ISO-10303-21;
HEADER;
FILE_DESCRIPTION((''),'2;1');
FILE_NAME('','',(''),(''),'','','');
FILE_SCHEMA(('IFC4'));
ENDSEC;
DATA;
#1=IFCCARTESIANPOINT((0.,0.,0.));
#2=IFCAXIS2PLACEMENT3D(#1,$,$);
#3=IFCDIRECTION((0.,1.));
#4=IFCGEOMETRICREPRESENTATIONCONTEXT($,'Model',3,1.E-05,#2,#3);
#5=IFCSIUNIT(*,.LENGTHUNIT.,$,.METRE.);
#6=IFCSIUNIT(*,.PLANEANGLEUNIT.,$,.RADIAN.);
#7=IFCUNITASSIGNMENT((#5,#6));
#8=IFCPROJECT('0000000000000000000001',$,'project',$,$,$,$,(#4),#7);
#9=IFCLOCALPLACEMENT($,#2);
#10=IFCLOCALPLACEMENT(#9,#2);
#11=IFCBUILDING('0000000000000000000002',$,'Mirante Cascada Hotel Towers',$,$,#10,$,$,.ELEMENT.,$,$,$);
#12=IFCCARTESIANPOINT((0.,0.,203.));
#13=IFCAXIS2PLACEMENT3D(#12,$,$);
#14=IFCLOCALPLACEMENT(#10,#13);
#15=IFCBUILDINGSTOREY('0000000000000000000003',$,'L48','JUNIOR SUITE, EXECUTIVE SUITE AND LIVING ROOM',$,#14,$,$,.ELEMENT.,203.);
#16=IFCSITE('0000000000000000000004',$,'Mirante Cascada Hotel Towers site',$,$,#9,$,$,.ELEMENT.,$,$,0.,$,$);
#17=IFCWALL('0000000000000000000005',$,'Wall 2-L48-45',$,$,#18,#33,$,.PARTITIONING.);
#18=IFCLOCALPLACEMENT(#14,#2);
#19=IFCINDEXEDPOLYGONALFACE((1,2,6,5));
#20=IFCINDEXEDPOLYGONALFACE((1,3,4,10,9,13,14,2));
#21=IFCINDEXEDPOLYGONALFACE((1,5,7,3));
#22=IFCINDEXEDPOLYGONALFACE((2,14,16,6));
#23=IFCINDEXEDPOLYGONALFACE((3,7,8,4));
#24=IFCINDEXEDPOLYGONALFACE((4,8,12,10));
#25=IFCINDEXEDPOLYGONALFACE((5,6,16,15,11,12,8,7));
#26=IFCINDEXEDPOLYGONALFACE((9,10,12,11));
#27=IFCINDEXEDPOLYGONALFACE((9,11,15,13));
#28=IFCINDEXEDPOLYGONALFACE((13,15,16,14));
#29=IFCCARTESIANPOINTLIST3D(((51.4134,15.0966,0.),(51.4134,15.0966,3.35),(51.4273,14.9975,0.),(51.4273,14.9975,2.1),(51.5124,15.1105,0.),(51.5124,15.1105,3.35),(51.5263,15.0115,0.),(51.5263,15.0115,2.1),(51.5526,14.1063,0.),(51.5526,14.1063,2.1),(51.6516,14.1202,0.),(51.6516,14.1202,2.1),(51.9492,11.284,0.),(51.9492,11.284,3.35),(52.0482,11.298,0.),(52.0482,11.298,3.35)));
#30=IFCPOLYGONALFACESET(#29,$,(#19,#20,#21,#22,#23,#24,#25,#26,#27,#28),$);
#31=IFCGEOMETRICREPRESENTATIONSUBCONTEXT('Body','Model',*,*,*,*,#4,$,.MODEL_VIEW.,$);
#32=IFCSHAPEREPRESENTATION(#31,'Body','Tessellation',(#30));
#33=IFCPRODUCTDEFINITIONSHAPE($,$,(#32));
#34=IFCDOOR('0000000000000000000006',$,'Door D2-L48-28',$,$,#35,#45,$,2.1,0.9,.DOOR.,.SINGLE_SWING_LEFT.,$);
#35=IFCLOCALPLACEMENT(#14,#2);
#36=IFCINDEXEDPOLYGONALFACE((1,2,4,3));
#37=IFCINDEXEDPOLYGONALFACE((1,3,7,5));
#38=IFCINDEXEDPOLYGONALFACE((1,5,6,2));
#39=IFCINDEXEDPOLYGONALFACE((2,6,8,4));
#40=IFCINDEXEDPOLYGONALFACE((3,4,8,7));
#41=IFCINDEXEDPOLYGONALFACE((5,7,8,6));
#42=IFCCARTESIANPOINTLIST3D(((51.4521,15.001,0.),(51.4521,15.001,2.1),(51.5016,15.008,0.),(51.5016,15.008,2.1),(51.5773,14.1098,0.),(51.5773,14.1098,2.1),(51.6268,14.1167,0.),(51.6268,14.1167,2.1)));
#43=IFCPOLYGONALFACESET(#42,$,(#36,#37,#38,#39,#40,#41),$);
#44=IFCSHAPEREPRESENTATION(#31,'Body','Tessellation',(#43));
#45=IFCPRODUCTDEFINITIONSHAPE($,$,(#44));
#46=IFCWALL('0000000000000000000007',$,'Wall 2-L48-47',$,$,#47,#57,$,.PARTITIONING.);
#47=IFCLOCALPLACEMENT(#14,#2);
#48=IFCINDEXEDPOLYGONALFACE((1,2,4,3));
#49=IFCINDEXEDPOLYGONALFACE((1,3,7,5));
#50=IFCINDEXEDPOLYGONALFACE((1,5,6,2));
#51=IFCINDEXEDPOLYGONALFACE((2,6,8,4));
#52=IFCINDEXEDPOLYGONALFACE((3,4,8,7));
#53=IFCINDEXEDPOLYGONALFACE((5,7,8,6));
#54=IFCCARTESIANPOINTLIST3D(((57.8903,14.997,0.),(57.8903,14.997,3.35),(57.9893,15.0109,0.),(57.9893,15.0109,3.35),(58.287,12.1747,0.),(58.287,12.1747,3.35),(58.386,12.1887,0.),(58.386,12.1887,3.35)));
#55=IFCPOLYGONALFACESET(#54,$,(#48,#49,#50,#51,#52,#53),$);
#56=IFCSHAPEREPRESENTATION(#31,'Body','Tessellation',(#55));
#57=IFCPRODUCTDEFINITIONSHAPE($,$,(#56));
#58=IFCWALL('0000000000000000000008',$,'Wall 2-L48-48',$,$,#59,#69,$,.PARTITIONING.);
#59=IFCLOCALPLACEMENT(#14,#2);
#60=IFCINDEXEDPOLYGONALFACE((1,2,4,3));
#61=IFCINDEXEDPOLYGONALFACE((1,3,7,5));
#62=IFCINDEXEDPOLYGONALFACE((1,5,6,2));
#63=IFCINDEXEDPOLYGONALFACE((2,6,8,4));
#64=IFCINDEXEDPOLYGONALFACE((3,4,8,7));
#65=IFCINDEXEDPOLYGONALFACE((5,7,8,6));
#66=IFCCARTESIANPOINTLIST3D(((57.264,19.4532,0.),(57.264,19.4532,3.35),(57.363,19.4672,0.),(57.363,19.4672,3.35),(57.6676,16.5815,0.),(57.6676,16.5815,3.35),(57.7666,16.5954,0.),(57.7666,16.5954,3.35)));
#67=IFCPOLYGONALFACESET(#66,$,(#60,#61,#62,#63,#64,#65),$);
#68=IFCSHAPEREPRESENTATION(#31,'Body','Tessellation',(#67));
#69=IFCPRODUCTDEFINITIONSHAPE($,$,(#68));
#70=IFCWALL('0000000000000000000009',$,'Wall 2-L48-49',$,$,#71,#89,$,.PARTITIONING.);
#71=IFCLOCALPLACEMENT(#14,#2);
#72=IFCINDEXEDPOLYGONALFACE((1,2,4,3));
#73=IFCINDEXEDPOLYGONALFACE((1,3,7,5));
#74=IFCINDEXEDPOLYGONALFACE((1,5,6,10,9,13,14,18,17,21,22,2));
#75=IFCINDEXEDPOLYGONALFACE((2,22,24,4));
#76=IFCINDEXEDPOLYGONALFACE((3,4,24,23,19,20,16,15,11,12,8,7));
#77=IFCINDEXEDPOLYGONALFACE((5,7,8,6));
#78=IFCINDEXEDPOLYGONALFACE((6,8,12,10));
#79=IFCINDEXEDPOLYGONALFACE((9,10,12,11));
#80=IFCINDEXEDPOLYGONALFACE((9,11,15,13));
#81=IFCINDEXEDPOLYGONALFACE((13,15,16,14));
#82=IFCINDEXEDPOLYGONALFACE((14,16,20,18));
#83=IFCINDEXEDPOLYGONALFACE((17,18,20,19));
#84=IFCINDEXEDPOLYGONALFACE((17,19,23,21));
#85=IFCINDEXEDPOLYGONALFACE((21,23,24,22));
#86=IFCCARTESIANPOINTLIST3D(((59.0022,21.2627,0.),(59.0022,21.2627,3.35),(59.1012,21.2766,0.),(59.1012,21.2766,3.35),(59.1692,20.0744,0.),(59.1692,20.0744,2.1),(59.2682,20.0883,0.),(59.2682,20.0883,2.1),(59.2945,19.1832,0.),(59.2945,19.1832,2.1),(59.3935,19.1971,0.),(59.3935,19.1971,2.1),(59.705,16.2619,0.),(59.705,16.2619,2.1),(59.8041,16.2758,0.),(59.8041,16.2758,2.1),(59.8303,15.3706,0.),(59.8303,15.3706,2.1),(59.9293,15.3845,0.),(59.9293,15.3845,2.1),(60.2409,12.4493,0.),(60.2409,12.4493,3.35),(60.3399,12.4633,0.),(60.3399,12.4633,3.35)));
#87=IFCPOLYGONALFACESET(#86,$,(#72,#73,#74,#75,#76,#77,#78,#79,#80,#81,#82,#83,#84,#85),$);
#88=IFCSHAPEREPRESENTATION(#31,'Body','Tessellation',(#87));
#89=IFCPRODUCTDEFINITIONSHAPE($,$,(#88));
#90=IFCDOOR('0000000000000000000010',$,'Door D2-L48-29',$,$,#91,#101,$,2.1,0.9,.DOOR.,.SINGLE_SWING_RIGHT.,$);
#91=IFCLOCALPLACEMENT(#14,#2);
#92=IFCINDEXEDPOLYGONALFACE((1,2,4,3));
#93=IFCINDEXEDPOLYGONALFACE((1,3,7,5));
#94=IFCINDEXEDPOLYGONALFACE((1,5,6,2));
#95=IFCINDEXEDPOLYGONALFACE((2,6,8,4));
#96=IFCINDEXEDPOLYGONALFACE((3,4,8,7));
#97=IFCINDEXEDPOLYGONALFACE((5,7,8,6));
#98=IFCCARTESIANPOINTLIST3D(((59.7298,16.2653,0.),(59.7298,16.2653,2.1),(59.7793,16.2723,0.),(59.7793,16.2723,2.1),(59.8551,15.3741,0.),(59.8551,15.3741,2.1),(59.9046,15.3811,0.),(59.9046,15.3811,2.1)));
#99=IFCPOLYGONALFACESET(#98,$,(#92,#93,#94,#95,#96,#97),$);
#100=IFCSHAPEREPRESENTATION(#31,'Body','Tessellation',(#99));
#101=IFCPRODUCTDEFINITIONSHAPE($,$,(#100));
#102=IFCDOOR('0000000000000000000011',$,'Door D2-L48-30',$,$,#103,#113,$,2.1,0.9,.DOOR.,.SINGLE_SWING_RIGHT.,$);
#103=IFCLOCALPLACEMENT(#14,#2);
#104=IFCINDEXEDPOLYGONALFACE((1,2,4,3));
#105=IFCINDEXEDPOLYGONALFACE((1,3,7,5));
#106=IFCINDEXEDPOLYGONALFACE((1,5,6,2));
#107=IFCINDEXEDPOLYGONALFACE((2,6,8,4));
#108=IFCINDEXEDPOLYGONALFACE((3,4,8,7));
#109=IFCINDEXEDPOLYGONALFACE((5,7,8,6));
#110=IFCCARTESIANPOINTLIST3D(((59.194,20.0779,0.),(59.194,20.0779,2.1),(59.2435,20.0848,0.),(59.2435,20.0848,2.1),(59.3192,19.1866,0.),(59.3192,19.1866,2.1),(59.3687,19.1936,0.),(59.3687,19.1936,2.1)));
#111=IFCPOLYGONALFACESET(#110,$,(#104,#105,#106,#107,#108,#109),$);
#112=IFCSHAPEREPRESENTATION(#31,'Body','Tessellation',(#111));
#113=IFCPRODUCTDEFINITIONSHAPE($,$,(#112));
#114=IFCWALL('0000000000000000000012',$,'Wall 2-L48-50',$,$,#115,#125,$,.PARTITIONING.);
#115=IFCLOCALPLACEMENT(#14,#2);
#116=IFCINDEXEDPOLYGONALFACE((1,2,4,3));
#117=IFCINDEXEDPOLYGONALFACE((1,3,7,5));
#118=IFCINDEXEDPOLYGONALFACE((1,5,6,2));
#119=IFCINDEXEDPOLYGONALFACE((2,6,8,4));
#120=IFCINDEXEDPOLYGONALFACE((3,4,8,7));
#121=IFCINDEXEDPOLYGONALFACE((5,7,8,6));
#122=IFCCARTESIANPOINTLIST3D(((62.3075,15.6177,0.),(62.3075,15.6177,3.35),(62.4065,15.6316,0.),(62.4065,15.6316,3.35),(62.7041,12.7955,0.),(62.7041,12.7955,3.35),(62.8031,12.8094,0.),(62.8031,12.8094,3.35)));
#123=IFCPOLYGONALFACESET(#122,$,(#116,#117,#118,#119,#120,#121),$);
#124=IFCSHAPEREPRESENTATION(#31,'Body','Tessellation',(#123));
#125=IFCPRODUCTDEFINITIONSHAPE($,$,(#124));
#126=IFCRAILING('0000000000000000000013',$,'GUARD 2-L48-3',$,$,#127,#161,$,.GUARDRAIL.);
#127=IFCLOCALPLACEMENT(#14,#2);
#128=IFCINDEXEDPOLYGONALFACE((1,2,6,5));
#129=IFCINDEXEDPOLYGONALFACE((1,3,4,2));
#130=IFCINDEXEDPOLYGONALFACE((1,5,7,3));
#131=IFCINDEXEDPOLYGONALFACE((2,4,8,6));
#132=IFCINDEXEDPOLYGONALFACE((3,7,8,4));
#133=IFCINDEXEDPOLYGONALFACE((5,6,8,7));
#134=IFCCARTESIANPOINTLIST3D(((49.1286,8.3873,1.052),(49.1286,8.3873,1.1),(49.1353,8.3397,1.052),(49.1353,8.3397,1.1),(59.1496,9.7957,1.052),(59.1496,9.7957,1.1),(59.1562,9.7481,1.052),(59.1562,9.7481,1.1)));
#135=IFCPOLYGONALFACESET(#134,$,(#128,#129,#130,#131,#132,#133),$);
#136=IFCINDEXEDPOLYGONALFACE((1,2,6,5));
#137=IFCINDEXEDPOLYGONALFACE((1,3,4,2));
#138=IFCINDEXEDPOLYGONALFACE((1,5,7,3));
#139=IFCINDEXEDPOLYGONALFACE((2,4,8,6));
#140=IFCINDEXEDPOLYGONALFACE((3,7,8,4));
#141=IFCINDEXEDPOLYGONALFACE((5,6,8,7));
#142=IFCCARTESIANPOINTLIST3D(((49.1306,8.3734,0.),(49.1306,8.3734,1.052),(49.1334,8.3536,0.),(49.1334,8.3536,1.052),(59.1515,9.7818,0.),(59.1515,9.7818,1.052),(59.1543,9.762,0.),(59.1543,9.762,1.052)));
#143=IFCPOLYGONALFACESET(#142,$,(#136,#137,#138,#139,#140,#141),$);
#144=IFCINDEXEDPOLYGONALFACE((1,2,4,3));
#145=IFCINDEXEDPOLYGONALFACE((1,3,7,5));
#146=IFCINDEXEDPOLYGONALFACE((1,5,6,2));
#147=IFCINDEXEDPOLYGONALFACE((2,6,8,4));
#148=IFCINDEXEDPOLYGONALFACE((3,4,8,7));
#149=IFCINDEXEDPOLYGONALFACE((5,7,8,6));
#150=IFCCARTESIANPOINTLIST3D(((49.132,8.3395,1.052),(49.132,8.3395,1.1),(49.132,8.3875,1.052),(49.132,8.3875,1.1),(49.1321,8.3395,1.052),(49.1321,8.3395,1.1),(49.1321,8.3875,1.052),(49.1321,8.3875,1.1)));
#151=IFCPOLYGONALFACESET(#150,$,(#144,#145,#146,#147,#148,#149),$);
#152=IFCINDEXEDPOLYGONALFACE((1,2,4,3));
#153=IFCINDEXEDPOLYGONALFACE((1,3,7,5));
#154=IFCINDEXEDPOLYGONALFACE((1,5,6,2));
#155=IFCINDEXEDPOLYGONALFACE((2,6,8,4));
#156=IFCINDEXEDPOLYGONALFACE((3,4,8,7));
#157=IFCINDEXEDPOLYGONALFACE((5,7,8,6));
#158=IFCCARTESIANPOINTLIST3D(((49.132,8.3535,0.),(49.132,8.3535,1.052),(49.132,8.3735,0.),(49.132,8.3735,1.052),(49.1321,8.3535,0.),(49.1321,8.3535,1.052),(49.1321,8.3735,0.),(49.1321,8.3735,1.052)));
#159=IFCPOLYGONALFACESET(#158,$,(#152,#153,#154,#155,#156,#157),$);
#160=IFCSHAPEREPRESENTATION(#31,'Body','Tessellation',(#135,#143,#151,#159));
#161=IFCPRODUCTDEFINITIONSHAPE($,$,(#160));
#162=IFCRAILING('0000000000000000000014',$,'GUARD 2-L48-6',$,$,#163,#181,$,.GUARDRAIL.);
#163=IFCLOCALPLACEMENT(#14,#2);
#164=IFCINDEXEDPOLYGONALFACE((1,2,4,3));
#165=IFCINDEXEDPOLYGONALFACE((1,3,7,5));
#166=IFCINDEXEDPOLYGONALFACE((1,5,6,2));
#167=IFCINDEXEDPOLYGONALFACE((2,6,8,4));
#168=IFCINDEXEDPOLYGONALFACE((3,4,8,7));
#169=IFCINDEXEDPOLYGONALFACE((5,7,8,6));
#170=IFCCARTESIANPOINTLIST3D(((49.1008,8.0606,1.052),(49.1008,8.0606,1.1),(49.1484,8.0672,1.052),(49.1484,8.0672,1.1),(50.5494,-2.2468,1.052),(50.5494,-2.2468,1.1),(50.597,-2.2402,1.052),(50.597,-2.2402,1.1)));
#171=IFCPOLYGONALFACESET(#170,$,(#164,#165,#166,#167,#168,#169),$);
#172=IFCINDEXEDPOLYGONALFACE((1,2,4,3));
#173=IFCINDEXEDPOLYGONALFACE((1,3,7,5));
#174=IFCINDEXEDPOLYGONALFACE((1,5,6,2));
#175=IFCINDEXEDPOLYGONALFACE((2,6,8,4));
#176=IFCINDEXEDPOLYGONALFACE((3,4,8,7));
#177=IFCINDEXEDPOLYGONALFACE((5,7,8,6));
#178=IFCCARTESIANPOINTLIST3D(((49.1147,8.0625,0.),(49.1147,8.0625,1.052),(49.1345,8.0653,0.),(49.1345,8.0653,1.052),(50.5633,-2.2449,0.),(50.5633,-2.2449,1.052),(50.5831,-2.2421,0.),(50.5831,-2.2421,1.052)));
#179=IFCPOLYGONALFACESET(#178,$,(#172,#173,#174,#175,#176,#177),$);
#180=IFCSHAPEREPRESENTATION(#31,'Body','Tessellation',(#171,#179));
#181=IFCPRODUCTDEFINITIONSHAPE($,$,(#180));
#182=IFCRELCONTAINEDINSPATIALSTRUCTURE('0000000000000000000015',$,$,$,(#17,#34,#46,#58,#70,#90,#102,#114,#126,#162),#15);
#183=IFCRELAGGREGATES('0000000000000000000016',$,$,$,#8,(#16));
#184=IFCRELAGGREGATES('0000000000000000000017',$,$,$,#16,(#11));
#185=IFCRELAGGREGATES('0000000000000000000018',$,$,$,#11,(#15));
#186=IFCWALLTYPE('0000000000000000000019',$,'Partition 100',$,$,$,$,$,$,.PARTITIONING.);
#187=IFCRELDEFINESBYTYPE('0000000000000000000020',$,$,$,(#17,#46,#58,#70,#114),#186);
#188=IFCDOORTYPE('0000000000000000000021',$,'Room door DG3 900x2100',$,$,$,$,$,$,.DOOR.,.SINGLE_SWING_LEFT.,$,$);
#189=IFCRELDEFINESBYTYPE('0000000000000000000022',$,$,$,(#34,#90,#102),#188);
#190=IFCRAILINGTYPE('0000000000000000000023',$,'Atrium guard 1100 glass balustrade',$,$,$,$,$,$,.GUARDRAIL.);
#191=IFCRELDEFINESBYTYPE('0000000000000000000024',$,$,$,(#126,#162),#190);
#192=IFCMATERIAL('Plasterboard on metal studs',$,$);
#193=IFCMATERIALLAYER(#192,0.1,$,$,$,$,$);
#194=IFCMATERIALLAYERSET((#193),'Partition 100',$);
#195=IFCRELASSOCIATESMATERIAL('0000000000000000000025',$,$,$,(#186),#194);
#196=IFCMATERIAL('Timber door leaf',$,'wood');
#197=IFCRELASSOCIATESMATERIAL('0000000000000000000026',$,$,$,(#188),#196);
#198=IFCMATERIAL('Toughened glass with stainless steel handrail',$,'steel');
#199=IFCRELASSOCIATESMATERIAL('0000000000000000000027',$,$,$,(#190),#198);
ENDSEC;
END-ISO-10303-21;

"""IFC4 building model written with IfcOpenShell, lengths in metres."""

from ifc_helpers import new_model, si_unit, direction, frame, frame_2d, origin, origin_2d, place, context, subcontext, project, spatial, rectangle, extrude, material, layer, layer_set, type_object, element, fill, save


model = new_model("IFC4")

# Units and contexts
model_context = context("Model", 3, precision=1e-05, world=origin(), true_north=direction((0.0, 1.0)))
body_context = subcontext(model_context, "Body", "Model", "MODEL_VIEW")
ifc_project = project(units=[si_unit("LENGTHUNIT", "METRE"), si_unit("PLANEANGLEUNIT", "RADIAN")], contexts=[model_context])

# Site, building, storey
site_placement = place(None, origin())
site = spatial("IfcSite", under=ifc_project, at=site_placement, Name="Mirante Cascada Hotel Towers site", CompositionType="ELEMENT", RefElevation=0.0)
building_placement = place(site_placement, origin())
building = spatial("IfcBuilding", under=site, at=building_placement, Name="Mirante Cascada Hotel Towers", CompositionType="ELEMENT")
storey_placement = place(building_placement, frame((0.0, 0.0, 203.0)))
storey = spatial("IfcBuildingStorey", under=building, at=storey_placement, Name="L48", Description="JUNIOR SUITE, EXECUTIVE SUITE AND LIVING ROOM", CompositionType="ELEMENT", Elevation=203.0)

# Shared definitions
ifc_material_1 = material(Name="Plasterboard on metal studs")
ifc_layer_1 = layer(ifc_material_1, 0.1)
ifc_layer_set_1 = layer_set([ifc_layer_1], Name="Partition 100")
wall_type_1 = type_object("IfcWallType", Name="Partition 100", PredefinedType="PARTITIONING", material=ifc_layer_set_1)

# Wall, opening, door
ifc_material_2 = material(Name="Timber door leaf", Category="wood")
door_type_1 = type_object("IfcDoorType", Name="Room door DG3 900x2100", OperationType="SINGLE_SWING_LEFT", PredefinedType="DOOR", material=ifc_material_2)
wall_1_placement = place(storey_placement, frame((51.9987, 11.291, 0.0), z_axis=(0.0, 0.0, 1.0), x_axis=(-0.13917, 0.990268, 0.0)))
wall_1 = element("IfcWall", 1, at=wall_1_placement, inside=storey, type_object=wall_type_1, Name="Wall 2-L48-45", PredefinedType="PARTITIONING", context=body_context, shape_type="SweptSolid", body=[
    extrude(rectangle(XDim=3.85, YDim=0.1, at=frame_2d((1.925, 0.0))), origin(), (0.0, 0.0, 1.0), 3.35),
])
opening_1_placement = place(wall_1_placement, frame((2.85, 0.0, 0.0)))
opening_1 = element("IfcOpeningElement", 2, at=opening_1_placement, cuts=wall_1, PredefinedType="OPENING", context=body_context, shape_type="SweptSolid", body=[
    extrude(rectangle(XDim=0.9, YDim=2.1, at=frame_2d((0.45, 1.05))), frame((0.0, 0.05, 0.0), z_axis=(0.0, -1.0, 0.0), x_axis=(1.0, 0.0, 0.0)), (0.0, 0.0, 1.0), 0.1),
])
door_1_placement = place(opening_1_placement, origin())
door_1 = element("IfcDoor", 3, at=door_1_placement, inside=storey, type_object=door_type_1, Name="Door D2-L48-28", OperationType="SINGLE_SWING_LEFT", OverallHeight=2.1, OverallWidth=0.9, PredefinedType="DOOR", context=body_context, shape_type="SweptSolid", body=[
    extrude(rectangle(XDim=0.9, YDim=2.1, at=frame_2d((0.45, 1.05))), frame((0.0, 0.025, 0.0), z_axis=(0.0, -1.0, 0.0), x_axis=(1.0, 0.0, 0.0)), (0.0, 0.0, 1.0), 0.05),
])
fill(opening_1, door_1)

# Walls
wall_2_placement = place(storey_placement, frame((58.3365, 12.1817, 0.0), z_axis=(0.0, 0.0, 1.0), x_axis=(-0.139191, 0.990266, 0.0)))
element("IfcWall", 4, at=wall_2_placement, inside=storey, type_object=wall_type_1, Name="Wall 2-L48-47", PredefinedType="PARTITIONING", context=body_context, shape_type="SweptSolid", body=[
    extrude(rectangle(XDim=2.85, YDim=0.1, at=frame_2d((1.425, 0.0))), origin(), (0.0, 0.0, 1.0), 3.35),
])
wall_3_placement = place(storey_placement, frame((57.3135, 19.4602, 0.0), z_axis=(0.0, 0.0, 1.0), x_axis=(0.139171, -0.990268, 0.0)))
element("IfcWall", 5, at=wall_3_placement, inside=storey, type_object=wall_type_1, Name="Wall 2-L48-48", PredefinedType="PARTITIONING", context=body_context, shape_type="SweptSolid", body=[
    extrude(rectangle(XDim=2.9, YDim=0.1, at=frame_2d((1.45, 0.0))), origin(), (0.0, 0.0, 1.0), 3.35),
])

# Wall, openings, doors
wall_4_placement = place(storey_placement, frame((60.2904, 12.4563, 0.0), z_axis=(0.0, 0.0, 1.0), x_axis=(-0.139179, 0.990267, 0.0)))
wall_4 = element("IfcWall", 6, at=wall_4_placement, inside=storey, type_object=wall_type_1, Name="Wall 2-L48-49", PredefinedType="PARTITIONING", context=body_context, shape_type="SweptSolid", body=[
    extrude(rectangle(XDim=8.9, YDim=0.1, at=frame_2d((4.45, 0.0))), origin(), (0.0, 0.0, 1.0), 3.35),
])
opening_2_placement = place(wall_4_placement, frame((2.95, 0.0, 0.0)))
opening_2 = element("IfcOpeningElement", 7, at=opening_2_placement, cuts=wall_4, PredefinedType="OPENING", context=body_context, shape_type="SweptSolid", body=[
    extrude(rectangle(XDim=0.9, YDim=2.1, at=frame_2d((0.45, 1.05))), frame((0.0, 0.05, 0.0), z_axis=(0.0, -1.0, 0.0), x_axis=(1.0, 0.0, 0.0)), (0.0, 0.0, 1.0), 0.1),
])
opening_3_placement = place(wall_4_placement, frame((6.8, 0.0, 0.0)))
opening_3 = element("IfcOpeningElement", 8, at=opening_3_placement, cuts=wall_4, PredefinedType="OPENING", context=body_context, shape_type="SweptSolid", body=[
    extrude(rectangle(XDim=0.9, YDim=2.1, at=frame_2d((0.45, 1.05))), frame((0.0, 0.05, 0.0), z_axis=(0.0, -1.0, 0.0), x_axis=(1.0, 0.0, 0.0)), (0.0, 0.0, 1.0), 0.1),
])
door_2_placement = place(opening_2_placement, frame((0.9, 0.0, 0.0), z_axis=(0.0, 0.0, 1.0), x_axis=(-1.0, 0.0, 0.0)))
door_2 = element("IfcDoor", 9, at=door_2_placement, inside=storey, type_object=door_type_1, Name="Door D2-L48-29", OperationType="SINGLE_SWING_RIGHT", OverallHeight=2.1, OverallWidth=0.9, PredefinedType="DOOR", context=body_context, shape_type="SweptSolid", body=[
    extrude(rectangle(XDim=0.9, YDim=2.1, at=frame_2d((0.45, 1.05))), frame((0.0, 0.025, 0.0), z_axis=(0.0, -1.0, 0.0), x_axis=(1.0, 0.0, 0.0)), (0.0, 0.0, 1.0), 0.05),
])
fill(opening_2, door_2)
door_3_placement = place(opening_3_placement, frame((0.9, 0.0, 0.0), z_axis=(0.0, 0.0, 1.0), x_axis=(-1.0, 0.0, 0.0)))
door_3 = element("IfcDoor", 10, at=door_3_placement, inside=storey, type_object=door_type_1, Name="Door D2-L48-30", OperationType="SINGLE_SWING_RIGHT", OverallHeight=2.1, OverallWidth=0.9, PredefinedType="DOOR", context=body_context, shape_type="SweptSolid", body=[
    extrude(rectangle(XDim=0.9, YDim=2.1, at=frame_2d((0.45, 1.05))), frame((0.0, 0.025, 0.0), z_axis=(0.0, -1.0, 0.0), x_axis=(1.0, 0.0, 0.0)), (0.0, 0.0, 1.0), 0.05),
])
fill(opening_3, door_3)

# Wall
wall_5_placement = place(storey_placement, frame((62.357, 15.6247, 0.0), z_axis=(0.0, 0.0, 1.0), x_axis=(0.139161, -0.99027, 0.0)))
element("IfcWall", 11, at=wall_5_placement, inside=storey, type_object=wall_type_1, Name="Wall 2-L48-50", PredefinedType="PARTITIONING", context=body_context, shape_type="SweptSolid", body=[
    extrude(rectangle(XDim=2.8499, YDim=0.1, at=frame_2d((1.425, 0.0))), origin(), (0.0, 0.0, 1.0), 3.35),
])

# Railings
ifc_material_3 = material(Name="Toughened glass with stainless steel handrail", Category="steel")
railing_type = type_object("IfcRailingType", Name="Atrium guard 1100 glass balustrade", PredefinedType="GUARDRAIL", material=ifc_material_3)
railing_placement = place(storey_placement, frame((59.1529, 9.7719, 0.0)))
element("IfcRailing", 12, at=railing_placement, inside=storey, type_object=railing_type, Name="GUARD 2-L48-3", PredefinedType="GUARDRAIL", context=body_context, shape_type="SweptSolid", body=[
    extrude(rectangle(XDim=0.048, YDim=0.048, at=origin_2d()), frame((0.0, 0.0, 1.076), z_axis=(-0.990267, -0.139178, 0.0), x_axis=(0.139178, -0.990267, 0.0)), (0.0, 0.0, 1.0), 10.1194),
    extrude(rectangle(XDim=0.02, YDim=1.052, at=origin_2d()), frame((0.0, 0.0, 0.526), z_axis=(-0.990267, -0.139178, 0.0), x_axis=(0.139178, -0.990267, 0.0)), (0.0, 0.0, 1.0), 10.1194),
    extrude(rectangle(XDim=0.048, YDim=0.048, at=origin_2d()), frame((-10.0209, -1.4084, 1.076), z_axis=(1.0, 0.0, 0.0), x_axis=(0.0, 1.0, 0.0)), (0.0, 0.0, 1.0), 0.0001),
    extrude(rectangle(XDim=0.02, YDim=1.052, at=origin_2d()), frame((-10.0209, -1.4084, 0.526), z_axis=(1.0, 0.0, 0.0), x_axis=(0.0, 1.0, 0.0)), (0.0, 0.0, 1.0), 0.0001),
])
for number, where, name in (
    (13, (49.1246, 8.0639, 0.0), "GUARD 2-L48-6"),
):
    element("IfcRailing", number, at=place(storey_placement, frame(where)), inside=storey, type_object=railing_type, Name=name, PredefinedType="GUARDRAIL", context=body_context, shape_type="SweptSolid", body=[
        extrude(rectangle(XDim=0.048, YDim=0.048, at=origin_2d()), frame((0.0, 0.0, 1.076), z_axis=(0.139172, -0.990268, 0.0), x_axis=(0.990268, 0.139172, 0.0)), (0.0, 0.0, 1.0), 10.4087),
        extrude(rectangle(XDim=0.02, YDim=1.052, at=origin_2d()), frame((0.0, 0.0, 0.526), z_axis=(0.139172, -0.990268, 0.0), x_axis=(0.990268, 0.139172, 0.0)), (0.0, 0.0, 1.0), 10.4087),
    ])

save(model, "model.ifc")
